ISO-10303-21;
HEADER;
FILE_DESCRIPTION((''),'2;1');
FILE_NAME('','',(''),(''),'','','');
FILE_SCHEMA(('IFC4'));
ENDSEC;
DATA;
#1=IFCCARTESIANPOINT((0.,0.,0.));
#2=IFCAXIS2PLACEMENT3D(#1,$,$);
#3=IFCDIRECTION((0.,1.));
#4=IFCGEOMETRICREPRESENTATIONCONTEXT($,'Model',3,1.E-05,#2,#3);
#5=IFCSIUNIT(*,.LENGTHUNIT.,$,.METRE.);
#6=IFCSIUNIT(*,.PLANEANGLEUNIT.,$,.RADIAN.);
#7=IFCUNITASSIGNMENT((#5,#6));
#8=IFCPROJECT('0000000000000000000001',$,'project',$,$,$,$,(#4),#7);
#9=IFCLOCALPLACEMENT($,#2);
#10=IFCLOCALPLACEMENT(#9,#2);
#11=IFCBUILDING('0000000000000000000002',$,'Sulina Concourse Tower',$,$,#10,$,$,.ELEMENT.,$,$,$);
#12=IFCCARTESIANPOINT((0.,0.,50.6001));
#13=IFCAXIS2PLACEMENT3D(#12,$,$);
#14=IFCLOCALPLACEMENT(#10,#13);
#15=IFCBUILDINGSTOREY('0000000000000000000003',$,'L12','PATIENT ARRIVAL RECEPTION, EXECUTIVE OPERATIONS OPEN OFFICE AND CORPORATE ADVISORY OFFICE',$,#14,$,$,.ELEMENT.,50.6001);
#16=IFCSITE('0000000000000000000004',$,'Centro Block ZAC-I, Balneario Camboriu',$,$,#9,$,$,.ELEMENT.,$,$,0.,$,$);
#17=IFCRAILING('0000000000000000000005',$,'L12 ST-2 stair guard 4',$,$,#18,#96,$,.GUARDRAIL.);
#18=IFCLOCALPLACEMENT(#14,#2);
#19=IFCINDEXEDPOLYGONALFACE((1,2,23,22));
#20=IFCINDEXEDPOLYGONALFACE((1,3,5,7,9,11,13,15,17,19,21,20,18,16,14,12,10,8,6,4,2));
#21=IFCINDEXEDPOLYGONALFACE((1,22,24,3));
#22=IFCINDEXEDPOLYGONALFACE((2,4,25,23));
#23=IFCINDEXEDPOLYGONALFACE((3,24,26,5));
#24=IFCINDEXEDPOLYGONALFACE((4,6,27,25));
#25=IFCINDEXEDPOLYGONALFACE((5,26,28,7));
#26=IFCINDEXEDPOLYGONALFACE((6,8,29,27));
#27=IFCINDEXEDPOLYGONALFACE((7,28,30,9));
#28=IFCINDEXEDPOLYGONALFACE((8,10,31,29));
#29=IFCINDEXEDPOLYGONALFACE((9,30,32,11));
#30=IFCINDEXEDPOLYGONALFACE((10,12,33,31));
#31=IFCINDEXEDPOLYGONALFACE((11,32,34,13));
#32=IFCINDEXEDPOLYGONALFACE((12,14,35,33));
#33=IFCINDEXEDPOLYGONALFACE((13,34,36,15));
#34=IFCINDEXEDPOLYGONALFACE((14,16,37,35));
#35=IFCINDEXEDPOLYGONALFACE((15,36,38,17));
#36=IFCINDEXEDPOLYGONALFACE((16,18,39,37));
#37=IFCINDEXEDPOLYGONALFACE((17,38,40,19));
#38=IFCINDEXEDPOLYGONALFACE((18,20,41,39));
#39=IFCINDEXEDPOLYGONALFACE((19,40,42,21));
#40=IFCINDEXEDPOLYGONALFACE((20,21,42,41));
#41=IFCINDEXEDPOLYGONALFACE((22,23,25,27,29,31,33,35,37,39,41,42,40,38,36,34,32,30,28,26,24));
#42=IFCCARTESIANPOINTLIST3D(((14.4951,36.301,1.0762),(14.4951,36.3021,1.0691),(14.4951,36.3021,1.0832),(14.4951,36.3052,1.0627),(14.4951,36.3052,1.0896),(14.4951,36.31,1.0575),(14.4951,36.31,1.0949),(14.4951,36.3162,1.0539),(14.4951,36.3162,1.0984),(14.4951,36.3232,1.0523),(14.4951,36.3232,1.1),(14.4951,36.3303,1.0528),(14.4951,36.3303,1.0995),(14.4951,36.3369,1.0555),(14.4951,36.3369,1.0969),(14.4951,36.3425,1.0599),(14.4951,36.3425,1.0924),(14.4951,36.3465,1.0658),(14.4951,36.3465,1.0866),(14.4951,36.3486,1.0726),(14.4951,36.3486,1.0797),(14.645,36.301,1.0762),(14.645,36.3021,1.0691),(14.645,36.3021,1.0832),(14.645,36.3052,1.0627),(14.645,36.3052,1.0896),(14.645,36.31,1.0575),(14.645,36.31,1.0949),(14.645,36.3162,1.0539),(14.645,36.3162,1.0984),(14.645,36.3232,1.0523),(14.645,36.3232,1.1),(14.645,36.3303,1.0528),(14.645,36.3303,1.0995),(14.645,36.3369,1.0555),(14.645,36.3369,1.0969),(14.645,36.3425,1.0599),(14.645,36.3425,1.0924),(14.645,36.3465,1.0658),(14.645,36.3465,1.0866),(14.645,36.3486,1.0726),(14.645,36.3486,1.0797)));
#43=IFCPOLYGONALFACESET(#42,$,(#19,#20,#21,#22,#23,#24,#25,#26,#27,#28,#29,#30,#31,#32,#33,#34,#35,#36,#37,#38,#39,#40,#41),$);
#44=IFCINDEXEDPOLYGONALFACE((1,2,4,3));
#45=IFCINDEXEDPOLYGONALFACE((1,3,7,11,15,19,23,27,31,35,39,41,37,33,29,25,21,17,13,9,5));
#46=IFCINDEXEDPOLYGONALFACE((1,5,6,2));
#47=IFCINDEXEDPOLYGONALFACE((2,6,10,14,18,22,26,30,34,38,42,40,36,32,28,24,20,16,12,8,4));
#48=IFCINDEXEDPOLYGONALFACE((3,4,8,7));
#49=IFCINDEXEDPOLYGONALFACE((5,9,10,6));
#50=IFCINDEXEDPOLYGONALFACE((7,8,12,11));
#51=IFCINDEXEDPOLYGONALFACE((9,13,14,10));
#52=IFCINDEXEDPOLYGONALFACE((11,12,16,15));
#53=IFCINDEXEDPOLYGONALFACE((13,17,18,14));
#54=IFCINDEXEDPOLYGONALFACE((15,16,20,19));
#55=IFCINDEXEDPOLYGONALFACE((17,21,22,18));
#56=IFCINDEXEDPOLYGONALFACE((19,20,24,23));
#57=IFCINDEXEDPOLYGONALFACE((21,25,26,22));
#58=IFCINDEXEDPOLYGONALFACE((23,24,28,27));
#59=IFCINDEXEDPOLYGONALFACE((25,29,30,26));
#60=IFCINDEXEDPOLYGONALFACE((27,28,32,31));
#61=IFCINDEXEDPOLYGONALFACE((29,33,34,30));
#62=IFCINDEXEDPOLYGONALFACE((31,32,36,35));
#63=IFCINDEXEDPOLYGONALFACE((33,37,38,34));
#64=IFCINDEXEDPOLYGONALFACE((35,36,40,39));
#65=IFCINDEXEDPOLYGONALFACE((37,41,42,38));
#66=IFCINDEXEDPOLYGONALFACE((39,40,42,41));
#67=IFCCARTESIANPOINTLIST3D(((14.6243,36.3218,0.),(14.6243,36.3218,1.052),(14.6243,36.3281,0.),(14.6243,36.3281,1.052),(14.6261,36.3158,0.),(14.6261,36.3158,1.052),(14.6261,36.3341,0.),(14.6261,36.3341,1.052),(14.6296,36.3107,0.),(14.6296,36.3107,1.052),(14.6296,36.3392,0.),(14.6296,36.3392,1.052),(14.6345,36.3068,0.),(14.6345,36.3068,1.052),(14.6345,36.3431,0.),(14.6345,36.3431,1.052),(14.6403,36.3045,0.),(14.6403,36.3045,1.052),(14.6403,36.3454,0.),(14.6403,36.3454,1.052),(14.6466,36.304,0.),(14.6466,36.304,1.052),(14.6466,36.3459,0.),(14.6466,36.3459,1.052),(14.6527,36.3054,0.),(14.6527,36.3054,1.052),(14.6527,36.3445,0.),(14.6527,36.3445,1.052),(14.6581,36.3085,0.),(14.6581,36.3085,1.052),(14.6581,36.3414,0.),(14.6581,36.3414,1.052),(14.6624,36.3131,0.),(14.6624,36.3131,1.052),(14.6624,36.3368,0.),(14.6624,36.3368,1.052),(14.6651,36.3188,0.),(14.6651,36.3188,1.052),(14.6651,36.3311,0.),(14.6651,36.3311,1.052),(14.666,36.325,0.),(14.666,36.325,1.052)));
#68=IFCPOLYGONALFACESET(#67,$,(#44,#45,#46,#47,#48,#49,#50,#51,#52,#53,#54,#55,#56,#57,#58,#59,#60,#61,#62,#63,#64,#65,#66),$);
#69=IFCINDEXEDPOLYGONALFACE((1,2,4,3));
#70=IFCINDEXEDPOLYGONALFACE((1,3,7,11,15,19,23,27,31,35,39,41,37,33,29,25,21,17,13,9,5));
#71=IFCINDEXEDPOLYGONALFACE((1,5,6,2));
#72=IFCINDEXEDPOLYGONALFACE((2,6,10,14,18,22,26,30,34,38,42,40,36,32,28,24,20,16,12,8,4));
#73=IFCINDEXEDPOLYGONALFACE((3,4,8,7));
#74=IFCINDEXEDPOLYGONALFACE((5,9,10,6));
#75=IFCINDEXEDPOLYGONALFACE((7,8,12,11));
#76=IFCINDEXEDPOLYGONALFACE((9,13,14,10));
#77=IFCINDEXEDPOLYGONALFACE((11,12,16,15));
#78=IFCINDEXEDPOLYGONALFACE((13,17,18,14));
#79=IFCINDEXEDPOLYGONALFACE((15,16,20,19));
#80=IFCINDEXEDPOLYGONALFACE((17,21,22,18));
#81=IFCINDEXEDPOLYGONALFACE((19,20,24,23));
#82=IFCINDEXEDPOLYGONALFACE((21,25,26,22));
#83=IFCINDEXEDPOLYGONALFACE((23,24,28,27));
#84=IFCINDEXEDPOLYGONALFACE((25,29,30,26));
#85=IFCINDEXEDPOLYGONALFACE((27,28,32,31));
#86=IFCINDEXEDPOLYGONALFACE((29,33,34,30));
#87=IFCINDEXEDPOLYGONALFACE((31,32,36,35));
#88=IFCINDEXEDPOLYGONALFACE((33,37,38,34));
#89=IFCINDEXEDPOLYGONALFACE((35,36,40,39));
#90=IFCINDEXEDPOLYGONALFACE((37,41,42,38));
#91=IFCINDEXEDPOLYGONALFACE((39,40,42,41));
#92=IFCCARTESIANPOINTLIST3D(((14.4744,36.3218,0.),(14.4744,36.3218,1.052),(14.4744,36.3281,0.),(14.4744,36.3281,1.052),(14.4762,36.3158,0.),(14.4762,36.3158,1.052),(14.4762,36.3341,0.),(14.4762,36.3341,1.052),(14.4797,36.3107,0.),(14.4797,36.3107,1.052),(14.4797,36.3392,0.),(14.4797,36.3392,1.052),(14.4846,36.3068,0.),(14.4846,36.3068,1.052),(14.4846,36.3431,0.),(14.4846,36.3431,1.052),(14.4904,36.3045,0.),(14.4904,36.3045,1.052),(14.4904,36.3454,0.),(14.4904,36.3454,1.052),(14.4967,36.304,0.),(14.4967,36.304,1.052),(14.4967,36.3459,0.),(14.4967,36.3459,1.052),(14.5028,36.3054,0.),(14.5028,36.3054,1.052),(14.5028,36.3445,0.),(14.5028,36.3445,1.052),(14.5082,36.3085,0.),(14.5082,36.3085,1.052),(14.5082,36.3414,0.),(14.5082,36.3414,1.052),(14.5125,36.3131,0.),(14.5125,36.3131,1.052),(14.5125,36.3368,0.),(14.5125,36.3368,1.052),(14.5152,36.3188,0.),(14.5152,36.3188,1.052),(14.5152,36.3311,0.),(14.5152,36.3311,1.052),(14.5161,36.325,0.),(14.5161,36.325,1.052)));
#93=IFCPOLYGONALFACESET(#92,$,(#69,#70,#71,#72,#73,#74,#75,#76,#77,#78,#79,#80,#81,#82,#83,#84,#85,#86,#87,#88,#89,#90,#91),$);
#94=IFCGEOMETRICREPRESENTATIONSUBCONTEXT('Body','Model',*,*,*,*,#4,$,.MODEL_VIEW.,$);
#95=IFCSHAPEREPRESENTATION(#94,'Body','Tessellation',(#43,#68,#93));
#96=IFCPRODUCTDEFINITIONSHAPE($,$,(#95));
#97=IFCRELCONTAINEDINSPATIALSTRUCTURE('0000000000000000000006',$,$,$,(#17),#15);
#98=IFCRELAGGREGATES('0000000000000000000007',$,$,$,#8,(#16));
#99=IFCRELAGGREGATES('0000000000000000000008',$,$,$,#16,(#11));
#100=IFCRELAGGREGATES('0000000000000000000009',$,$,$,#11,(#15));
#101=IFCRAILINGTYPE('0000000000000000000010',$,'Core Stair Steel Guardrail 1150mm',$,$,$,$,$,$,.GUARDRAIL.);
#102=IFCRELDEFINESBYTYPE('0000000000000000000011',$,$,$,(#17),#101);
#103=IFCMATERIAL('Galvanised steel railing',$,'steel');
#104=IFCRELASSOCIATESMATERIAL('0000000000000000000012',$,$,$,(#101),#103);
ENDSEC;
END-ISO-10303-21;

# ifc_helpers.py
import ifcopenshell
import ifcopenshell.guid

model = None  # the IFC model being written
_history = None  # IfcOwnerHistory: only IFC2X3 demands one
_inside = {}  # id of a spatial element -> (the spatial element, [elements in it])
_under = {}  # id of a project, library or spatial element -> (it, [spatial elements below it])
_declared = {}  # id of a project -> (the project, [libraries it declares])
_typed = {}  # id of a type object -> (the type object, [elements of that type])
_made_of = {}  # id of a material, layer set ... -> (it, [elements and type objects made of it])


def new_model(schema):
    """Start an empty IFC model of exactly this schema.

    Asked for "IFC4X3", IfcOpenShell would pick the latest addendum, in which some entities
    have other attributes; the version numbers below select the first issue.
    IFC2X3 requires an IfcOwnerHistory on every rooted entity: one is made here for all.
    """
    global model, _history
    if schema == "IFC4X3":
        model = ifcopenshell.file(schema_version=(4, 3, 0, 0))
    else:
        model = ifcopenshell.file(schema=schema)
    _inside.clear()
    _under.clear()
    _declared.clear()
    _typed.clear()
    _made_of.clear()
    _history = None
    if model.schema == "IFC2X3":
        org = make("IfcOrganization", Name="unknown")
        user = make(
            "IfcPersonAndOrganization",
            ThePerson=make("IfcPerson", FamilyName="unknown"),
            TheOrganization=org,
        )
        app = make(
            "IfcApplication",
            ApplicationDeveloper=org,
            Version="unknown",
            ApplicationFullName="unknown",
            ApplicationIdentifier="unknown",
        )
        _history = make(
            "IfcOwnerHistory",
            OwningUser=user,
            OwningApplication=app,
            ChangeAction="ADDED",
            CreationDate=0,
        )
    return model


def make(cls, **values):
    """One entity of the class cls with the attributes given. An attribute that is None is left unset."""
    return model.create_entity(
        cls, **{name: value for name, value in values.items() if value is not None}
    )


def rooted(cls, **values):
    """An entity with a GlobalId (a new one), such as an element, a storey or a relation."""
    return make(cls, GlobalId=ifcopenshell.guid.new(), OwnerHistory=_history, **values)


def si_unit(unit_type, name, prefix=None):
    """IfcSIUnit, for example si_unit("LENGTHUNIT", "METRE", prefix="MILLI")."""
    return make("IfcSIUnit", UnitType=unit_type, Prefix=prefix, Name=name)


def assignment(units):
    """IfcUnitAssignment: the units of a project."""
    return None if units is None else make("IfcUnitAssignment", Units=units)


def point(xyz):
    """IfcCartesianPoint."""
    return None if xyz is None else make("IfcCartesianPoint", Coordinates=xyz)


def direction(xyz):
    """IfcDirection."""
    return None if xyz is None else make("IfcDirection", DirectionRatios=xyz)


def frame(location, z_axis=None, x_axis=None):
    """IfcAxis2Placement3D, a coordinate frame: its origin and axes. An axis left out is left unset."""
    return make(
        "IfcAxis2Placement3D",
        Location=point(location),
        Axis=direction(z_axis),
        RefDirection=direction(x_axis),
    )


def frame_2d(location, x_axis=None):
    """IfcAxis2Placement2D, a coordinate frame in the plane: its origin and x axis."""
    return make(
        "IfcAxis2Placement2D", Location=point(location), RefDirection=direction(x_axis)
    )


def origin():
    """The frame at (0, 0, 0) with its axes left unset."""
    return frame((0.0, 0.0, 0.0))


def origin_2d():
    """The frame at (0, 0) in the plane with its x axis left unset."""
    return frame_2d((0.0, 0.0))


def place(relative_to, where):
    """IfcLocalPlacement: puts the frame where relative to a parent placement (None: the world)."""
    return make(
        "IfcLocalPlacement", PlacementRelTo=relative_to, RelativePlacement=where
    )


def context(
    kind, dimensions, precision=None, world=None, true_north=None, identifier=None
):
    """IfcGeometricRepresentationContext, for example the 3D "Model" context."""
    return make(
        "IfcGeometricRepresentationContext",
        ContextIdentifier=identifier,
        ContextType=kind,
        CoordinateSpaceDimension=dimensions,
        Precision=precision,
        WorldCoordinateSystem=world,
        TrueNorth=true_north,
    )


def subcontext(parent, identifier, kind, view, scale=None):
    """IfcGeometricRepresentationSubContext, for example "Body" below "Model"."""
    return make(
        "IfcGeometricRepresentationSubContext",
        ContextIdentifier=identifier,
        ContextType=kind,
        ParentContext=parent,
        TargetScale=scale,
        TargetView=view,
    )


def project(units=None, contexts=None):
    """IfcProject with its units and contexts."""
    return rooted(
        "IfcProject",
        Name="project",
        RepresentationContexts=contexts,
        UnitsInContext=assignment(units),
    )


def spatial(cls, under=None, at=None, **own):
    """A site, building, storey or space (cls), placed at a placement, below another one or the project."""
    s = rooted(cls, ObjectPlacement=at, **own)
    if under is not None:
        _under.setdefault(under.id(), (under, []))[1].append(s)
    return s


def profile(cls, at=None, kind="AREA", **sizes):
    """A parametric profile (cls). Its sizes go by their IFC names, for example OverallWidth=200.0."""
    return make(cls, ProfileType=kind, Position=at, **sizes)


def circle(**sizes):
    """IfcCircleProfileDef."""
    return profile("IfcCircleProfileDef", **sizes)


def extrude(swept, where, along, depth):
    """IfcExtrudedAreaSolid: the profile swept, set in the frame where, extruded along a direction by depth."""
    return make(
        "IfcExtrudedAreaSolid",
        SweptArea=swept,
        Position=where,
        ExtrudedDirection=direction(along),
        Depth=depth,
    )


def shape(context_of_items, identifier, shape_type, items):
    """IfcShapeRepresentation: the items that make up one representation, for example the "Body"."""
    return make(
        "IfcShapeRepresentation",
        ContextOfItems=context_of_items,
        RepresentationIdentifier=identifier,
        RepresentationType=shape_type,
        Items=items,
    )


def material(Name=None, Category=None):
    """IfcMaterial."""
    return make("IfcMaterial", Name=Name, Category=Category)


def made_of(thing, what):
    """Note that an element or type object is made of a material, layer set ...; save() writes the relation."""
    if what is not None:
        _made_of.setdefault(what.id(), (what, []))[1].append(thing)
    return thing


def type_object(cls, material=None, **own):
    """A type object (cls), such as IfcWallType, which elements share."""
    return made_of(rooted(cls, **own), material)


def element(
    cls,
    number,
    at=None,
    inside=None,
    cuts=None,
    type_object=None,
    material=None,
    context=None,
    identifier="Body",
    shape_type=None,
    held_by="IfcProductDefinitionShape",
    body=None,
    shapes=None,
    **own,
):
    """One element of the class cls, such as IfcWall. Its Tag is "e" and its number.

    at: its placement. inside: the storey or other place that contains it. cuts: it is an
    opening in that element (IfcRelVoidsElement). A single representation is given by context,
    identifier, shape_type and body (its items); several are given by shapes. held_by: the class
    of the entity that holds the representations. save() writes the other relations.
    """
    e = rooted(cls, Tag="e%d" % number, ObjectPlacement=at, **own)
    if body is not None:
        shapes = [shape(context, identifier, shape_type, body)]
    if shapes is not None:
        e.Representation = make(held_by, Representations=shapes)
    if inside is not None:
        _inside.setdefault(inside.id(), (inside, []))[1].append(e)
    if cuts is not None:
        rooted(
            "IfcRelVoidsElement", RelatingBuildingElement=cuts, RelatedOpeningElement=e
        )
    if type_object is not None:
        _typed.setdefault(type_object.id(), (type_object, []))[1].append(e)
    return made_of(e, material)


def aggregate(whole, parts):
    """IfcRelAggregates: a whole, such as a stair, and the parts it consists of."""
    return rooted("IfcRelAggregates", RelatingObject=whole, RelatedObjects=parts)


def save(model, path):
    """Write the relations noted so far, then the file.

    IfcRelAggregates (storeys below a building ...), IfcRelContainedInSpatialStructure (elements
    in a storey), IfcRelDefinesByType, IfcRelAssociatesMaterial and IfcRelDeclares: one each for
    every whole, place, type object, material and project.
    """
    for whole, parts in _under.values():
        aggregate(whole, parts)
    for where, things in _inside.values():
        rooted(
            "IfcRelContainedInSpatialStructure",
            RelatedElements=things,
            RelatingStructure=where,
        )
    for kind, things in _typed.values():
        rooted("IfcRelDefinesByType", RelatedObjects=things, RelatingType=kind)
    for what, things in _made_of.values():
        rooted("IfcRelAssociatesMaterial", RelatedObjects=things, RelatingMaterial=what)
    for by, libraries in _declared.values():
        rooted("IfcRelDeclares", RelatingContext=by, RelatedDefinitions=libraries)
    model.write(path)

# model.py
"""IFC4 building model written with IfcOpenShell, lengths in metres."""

from ifc_helpers import new_model, si_unit, direction, frame, origin, origin_2d, place, context, subcontext, project, spatial, circle, extrude, material, type_object, element, save


model = new_model("IFC4")

# Units and contexts
model_context = context("Model", 3, precision=1e-05, world=origin(), true_north=direction((0.0, 1.0)))
body_context = subcontext(model_context, "Body", "Model", "MODEL_VIEW")
ifc_project = project(units=[si_unit("LENGTHUNIT", "METRE"), si_unit("PLANEANGLEUNIT", "RADIAN")], contexts=[model_context])

# Site, building, storey
site_placement = place(None, origin())
site = spatial("IfcSite", under=ifc_project, at=site_placement, Name="Centro Block ZAC-I, Balneario Camboriu", CompositionType="ELEMENT", RefElevation=0.0)
building_placement = place(site_placement, origin())
building = spatial("IfcBuilding", under=site, at=building_placement, Name="Sulina Concourse Tower", CompositionType="ELEMENT")
storey_placement = place(building_placement, frame((0.0, 0.0, 50.6001)))
storey = spatial("IfcBuildingStorey", under=building, at=storey_placement, Name="L12", Description="PATIENT ARRIVAL RECEPTION, EXECUTIVE OPERATIONS OPEN OFFICE AND CORPORATE ADVISORY OFFICE", CompositionType="ELEMENT", Elevation=50.6001)

# Railing
ifc_material_1 = material(Name="Galvanised steel railing", Category="steel")
railing_type_1 = type_object("IfcRailingType", Name="Core Stair Steel Guardrail 1150mm", PredefinedType="GUARDRAIL", material=ifc_material_1)
railing_1_placement = place(storey_placement, frame((14.645, 36.325, 0.0)))
element("IfcRailing", 1, at=railing_1_placement, inside=storey, type_object=railing_type_1, Name="L12 ST-2 stair guard 4", PredefinedType="GUARDRAIL", context=body_context, shape_type="SweptSolid", body=[
    extrude(circle(Radius=0.0239, at=origin_2d()), frame((0.0, 0.0, 1.0762), z_axis=(-1.0, 0.0, 0.0), x_axis=(0.0, -1.0, 0.0)), (0.0, 0.0, 1.0), 0.1499),
    extrude(circle(Radius=0.021, at=origin_2d()), origin(), (0.0, 0.0, 1.0), 1.052),
    extrude(circle(Radius=0.021, at=origin_2d()), frame((-0.1499, 0.0, 0.0)), (0.0, 0.0, 1.0), 1.052),
])

save(model, "model.ifc")
